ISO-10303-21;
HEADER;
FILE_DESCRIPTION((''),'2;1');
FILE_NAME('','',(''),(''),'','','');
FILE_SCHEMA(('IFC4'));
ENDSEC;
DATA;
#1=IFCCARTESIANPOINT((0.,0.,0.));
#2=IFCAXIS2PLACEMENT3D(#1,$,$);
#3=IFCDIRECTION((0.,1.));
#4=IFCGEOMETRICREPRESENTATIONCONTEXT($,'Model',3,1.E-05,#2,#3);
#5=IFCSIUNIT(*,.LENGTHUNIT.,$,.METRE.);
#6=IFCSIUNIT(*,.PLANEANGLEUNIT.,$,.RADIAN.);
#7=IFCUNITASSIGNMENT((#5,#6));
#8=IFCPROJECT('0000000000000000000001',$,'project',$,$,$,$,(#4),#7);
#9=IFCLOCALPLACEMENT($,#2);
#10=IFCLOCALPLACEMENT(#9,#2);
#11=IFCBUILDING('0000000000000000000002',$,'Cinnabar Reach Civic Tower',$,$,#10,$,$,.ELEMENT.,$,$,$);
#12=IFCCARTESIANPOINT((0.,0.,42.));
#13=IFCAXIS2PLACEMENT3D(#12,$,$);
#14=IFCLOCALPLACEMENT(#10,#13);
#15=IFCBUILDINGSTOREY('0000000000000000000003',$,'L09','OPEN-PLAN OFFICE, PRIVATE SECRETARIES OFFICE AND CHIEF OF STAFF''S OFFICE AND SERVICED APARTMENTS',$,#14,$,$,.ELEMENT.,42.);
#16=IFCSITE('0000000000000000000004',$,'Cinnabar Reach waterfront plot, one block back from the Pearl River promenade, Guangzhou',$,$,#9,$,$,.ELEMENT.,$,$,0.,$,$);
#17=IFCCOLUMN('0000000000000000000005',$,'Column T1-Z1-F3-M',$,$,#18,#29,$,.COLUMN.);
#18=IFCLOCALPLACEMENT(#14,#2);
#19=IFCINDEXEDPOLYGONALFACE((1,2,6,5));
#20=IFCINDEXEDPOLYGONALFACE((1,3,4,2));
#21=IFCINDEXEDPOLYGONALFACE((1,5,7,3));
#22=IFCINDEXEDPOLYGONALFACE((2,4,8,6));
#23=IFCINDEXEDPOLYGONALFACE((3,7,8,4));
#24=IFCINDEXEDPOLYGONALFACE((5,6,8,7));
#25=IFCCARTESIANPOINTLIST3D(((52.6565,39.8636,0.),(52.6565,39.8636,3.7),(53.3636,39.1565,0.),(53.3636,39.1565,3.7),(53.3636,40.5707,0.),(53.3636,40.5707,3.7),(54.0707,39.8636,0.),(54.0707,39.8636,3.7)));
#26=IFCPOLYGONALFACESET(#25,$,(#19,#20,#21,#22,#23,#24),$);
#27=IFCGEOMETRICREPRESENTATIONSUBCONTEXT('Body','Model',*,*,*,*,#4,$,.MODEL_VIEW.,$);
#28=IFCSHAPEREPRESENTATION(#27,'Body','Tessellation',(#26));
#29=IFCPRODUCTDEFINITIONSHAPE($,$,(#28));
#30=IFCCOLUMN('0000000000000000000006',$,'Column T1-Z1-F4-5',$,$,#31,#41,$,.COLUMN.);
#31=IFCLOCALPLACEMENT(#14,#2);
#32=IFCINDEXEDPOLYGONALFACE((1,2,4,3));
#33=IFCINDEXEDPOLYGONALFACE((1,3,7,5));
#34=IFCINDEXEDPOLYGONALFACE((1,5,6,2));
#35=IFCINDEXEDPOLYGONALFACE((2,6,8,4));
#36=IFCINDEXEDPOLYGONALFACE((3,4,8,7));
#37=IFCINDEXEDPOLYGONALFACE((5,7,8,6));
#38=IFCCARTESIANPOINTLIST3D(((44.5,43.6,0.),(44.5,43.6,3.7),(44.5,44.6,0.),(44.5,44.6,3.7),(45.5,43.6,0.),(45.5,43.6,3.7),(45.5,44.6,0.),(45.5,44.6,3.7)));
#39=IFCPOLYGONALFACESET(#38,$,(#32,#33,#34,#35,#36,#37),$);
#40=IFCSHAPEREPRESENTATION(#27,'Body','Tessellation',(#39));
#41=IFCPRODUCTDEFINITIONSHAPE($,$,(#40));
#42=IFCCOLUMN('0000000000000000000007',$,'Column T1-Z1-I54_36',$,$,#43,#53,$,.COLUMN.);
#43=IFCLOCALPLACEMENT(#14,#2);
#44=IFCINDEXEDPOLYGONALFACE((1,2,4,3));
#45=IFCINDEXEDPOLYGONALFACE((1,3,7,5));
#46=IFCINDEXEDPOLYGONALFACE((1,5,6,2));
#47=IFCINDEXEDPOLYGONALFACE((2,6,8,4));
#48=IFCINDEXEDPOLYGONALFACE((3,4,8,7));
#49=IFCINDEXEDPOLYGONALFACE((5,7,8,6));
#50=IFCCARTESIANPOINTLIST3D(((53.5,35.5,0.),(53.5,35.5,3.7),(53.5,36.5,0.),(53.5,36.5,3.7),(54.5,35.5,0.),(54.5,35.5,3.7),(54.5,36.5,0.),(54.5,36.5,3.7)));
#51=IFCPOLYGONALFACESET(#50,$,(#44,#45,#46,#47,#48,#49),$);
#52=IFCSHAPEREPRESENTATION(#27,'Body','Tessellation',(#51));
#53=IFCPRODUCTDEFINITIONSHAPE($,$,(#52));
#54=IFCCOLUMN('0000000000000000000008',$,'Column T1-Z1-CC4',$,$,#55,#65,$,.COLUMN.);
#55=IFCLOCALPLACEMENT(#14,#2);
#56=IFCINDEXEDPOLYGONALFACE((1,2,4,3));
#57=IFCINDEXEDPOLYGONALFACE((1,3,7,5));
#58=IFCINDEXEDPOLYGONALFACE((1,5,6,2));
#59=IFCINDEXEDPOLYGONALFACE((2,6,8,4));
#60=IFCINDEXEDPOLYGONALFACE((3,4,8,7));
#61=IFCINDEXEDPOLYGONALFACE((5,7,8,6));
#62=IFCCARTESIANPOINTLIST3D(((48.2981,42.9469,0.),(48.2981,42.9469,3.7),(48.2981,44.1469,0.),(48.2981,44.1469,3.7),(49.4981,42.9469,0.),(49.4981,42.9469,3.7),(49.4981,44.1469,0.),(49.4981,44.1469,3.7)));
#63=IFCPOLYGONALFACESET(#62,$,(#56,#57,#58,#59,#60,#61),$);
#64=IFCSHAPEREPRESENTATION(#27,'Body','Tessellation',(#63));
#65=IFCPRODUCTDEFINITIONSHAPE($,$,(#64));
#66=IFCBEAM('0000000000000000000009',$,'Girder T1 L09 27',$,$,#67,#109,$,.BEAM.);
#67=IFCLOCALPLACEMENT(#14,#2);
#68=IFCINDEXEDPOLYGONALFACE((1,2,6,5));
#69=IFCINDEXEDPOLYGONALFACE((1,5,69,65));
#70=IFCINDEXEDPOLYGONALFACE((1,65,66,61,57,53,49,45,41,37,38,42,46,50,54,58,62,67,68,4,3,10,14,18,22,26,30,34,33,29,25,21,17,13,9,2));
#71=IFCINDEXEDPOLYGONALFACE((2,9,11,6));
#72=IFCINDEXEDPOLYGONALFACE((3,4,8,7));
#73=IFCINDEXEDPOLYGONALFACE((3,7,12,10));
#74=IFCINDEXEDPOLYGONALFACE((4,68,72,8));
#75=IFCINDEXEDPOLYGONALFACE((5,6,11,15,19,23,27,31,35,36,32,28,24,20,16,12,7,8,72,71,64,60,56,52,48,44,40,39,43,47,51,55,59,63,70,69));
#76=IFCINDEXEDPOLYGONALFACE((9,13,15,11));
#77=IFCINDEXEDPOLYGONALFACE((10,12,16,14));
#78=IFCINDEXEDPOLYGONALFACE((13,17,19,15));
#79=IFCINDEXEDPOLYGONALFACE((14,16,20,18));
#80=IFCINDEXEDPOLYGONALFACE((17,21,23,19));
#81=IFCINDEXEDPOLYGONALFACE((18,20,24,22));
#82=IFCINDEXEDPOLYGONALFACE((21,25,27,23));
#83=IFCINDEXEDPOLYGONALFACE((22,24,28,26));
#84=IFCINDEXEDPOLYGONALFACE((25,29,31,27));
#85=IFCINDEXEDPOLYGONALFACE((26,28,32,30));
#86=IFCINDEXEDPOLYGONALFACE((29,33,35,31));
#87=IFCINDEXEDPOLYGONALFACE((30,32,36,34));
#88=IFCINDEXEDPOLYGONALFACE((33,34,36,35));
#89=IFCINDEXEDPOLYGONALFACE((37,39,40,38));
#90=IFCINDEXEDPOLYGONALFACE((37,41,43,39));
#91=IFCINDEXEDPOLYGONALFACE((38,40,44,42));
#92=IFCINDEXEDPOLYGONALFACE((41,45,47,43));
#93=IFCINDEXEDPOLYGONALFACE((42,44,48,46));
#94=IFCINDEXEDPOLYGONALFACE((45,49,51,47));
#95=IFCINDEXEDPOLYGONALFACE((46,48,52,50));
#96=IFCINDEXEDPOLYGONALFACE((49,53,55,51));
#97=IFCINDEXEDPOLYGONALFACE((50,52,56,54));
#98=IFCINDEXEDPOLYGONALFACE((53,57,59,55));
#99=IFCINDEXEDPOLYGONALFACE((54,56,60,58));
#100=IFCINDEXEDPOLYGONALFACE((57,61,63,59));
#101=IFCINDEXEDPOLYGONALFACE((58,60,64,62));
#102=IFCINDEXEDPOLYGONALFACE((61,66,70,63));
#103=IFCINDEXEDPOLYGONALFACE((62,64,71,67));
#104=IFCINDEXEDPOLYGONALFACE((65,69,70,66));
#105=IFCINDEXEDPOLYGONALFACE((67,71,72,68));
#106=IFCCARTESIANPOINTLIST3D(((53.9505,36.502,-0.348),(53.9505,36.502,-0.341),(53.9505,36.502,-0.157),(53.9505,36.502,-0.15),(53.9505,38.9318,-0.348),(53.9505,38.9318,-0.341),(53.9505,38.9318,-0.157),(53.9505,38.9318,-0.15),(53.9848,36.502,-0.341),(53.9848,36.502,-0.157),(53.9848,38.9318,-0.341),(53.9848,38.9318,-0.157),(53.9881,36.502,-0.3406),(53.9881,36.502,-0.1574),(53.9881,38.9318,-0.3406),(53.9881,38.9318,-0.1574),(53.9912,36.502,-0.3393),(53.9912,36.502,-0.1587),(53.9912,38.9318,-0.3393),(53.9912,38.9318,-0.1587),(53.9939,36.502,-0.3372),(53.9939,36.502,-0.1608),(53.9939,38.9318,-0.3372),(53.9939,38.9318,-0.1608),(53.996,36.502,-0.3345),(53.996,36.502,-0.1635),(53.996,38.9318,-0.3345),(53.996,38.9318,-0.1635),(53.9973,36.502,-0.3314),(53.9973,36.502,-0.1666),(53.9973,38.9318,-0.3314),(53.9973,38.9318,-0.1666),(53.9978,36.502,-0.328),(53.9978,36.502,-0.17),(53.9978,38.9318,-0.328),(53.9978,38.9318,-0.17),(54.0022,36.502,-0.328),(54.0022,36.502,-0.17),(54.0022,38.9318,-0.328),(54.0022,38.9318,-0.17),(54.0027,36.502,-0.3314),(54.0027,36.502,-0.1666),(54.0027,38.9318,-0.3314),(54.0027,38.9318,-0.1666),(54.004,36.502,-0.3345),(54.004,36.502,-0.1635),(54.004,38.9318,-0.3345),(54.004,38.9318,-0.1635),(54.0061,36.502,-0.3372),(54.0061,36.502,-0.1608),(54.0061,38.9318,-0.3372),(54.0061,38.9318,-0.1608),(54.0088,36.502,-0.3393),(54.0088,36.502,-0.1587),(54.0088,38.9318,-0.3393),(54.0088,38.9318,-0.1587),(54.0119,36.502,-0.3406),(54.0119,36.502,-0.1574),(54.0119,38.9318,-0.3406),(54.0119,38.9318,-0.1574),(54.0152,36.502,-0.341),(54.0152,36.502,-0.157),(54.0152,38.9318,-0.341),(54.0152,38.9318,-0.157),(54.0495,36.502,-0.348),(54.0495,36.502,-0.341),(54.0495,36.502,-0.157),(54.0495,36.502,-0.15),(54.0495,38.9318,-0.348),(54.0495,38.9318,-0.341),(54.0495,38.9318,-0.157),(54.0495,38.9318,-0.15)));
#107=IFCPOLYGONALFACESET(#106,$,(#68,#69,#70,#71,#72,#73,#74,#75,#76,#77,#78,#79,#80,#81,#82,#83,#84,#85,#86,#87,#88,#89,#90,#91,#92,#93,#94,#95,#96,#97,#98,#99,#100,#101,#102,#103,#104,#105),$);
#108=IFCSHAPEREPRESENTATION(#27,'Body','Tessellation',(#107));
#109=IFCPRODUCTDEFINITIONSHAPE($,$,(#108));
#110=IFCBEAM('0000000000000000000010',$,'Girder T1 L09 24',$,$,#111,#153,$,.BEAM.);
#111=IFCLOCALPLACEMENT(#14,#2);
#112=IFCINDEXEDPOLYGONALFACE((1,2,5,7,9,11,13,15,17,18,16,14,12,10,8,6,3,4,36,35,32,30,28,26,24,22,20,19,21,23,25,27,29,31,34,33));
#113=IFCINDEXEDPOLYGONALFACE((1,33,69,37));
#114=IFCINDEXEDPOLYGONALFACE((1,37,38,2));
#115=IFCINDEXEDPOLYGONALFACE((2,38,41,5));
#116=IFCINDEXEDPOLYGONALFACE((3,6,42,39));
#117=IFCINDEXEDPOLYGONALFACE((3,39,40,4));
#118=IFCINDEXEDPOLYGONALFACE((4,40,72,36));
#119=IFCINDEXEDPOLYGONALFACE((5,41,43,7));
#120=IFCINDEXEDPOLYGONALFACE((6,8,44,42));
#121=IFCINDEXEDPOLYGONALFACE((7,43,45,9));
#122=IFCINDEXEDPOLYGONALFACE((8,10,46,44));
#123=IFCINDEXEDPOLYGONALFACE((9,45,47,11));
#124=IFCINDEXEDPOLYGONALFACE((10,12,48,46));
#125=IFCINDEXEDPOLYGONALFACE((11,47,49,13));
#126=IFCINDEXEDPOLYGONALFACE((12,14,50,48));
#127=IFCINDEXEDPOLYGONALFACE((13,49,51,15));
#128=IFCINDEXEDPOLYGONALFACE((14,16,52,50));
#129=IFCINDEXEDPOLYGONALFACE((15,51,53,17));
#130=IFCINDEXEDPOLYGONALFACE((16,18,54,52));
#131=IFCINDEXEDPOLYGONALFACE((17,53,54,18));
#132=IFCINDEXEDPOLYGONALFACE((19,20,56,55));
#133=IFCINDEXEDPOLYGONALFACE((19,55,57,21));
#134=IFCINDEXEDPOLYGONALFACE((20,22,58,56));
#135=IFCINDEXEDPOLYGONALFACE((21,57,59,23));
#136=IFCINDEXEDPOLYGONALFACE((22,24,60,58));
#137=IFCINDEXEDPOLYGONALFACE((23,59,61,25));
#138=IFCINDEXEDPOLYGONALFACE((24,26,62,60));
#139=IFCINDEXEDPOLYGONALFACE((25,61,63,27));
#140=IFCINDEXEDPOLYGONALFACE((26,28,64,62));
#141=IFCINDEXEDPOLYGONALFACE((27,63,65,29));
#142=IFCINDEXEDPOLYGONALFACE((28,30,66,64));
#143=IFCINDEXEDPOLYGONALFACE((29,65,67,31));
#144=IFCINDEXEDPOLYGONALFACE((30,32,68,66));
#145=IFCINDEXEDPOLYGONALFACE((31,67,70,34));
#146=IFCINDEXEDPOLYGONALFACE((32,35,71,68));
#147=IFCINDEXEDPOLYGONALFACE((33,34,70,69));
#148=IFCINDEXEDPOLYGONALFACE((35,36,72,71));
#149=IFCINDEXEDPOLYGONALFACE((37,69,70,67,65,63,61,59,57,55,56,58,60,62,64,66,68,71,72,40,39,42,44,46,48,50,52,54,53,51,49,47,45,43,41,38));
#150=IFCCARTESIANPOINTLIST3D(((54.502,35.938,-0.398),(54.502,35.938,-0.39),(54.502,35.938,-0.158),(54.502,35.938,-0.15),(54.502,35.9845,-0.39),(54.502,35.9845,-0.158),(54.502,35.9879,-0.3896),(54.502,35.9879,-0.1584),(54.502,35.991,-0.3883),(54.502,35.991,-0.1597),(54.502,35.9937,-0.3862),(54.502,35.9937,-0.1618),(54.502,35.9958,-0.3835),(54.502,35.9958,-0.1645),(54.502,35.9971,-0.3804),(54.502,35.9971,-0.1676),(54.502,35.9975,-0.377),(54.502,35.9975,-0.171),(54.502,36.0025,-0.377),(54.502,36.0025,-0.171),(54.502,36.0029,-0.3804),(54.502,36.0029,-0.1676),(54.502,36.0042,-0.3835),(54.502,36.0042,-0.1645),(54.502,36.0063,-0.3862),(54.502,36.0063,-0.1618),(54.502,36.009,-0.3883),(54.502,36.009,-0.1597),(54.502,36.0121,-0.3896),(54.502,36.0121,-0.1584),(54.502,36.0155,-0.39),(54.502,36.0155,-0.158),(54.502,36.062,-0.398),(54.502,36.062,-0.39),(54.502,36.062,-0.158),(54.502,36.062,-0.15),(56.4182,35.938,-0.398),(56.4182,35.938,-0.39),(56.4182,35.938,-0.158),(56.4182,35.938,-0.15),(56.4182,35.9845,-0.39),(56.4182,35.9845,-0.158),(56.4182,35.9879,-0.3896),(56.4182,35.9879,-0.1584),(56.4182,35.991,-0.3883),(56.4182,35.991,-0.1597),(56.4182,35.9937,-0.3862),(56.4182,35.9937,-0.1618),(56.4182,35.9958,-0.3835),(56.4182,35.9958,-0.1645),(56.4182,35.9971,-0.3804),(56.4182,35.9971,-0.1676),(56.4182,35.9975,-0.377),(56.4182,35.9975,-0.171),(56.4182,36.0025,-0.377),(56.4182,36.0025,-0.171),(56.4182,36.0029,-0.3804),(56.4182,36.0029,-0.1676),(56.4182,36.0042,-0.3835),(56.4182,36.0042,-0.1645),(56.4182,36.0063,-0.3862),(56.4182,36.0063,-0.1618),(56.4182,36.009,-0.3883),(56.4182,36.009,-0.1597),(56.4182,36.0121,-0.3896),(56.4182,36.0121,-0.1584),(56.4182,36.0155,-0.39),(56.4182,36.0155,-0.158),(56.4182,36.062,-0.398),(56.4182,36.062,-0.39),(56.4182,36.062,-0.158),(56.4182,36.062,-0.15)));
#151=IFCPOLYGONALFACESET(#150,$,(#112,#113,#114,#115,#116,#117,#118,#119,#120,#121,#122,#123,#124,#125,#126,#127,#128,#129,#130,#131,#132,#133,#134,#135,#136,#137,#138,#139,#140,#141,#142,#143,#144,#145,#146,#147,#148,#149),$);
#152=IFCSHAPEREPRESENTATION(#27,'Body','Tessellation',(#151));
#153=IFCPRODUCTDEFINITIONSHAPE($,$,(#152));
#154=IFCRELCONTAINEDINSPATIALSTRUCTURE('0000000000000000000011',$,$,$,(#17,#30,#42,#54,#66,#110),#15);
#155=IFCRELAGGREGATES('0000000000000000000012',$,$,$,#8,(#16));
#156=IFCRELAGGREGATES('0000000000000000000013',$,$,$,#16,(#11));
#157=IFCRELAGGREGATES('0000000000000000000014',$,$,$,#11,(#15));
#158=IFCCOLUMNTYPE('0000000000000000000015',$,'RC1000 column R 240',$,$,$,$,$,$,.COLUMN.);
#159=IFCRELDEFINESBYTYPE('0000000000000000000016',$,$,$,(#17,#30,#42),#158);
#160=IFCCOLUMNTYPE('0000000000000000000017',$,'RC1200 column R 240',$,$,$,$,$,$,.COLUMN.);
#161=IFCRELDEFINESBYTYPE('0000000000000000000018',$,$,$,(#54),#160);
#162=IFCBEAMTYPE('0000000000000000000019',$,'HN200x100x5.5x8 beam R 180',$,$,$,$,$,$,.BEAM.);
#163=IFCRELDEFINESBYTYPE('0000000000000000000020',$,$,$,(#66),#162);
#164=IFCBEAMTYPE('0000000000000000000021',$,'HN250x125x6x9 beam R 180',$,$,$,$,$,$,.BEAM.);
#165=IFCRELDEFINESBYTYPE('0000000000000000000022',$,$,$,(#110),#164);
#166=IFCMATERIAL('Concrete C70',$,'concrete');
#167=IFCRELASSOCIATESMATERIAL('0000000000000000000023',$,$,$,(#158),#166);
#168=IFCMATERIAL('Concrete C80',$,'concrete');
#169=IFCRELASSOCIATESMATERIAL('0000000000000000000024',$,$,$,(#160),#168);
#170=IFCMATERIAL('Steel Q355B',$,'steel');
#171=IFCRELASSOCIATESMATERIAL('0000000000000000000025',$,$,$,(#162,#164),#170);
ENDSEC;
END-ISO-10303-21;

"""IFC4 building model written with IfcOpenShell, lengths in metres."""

from ifc_helpers import new_model, si_unit, direction, frame, origin, origin_2d, place, context, subcontext, project, spatial, rectangle, i_section, extrude, material, material_profile, profile_set, type_object, element, save


model = new_model("IFC4")

# Units and contexts
model_context = context("Model", 3, precision=1e-05, world=origin(), true_north=direction((0.0, 1.0)))
body_context = subcontext(model_context, "Body", "Model", "MODEL_VIEW")
ifc_project = project(units=[si_unit("LENGTHUNIT", "METRE"), si_unit("PLANEANGLEUNIT", "RADIAN")], contexts=[model_context])

# Site, building, storey
site_placement = place(None, origin())
site = spatial("IfcSite", under=ifc_project, at=site_placement, Name="Cinnabar Reach waterfront plot, one block back from the Pearl River promenade, Guangzhou", CompositionType="ELEMENT", RefElevation=0.0)
building_placement = place(site_placement, origin())
building = spatial("IfcBuilding", under=site, at=building_placement, Name="Cinnabar Reach Civic Tower", CompositionType="ELEMENT")
storey_placement = place(building_placement, frame((0.0, 0.0, 42.0)))
storey = spatial("IfcBuildingStorey", under=building, at=storey_placement, Name="L09", Description="OPEN-PLAN OFFICE, PRIVATE SECRETARIES OFFICE AND CHIEF OF STAFF'S OFFICE AND SERVICED APARTMENTS", CompositionType="ELEMENT", Elevation=42.0)

# Columns
ifc_material_1 = material(Name="Concrete C70", Category="concrete")
ifc_material_profile_1 = material_profile(ifc_material_1, rectangle(XDim=1.0, YDim=1.0, at=origin_2d()), Name="RC1000")
ifc_profile_set_1 = profile_set([ifc_material_profile_1], Name="Concrete C70")
column_type_1 = type_object("IfcColumnType", Name="RC1000 column R 240", PredefinedType="COLUMN", material=ifc_profile_set_1)
for number, where, z_axis, x_axis, name in (
    (1, (53.3636, 39.8636, 0.0), (0.0, 0.0, 1.0), (0.707107, 0.707107, 0.0), "Column T1-Z1-F3-M"),
    (2, (45.0, 44.1, 0.0), (0.0, 0.0, 1.0), (1.0, 0.0, 0.0), "Column T1-Z1-F4-5"),
    (3, (54.0, 36.0, 0.0), (0.0, 0.0, 1.0), (1.0, 0.0, 0.0), "Column T1-Z1-I54_36"),
):
    element("IfcColumn", number, at=place(storey_placement, frame(where, z_axis=z_axis, x_axis=x_axis)), inside=storey, type_object=column_type_1, Name=name, PredefinedType="COLUMN", context=body_context, shape_type="SweptSolid", body=[
        extrude(rectangle(XDim=1.0, YDim=1.0, at=origin_2d()), origin(), (0.0, 0.0, 1.0), 3.7),
    ])
ifc_material_2 = material(Name="Concrete C80", Category="concrete")
ifc_material_profile_2 = material_profile(ifc_material_2, rectangle(XDim=1.2, YDim=1.2, at=origin_2d()), Name="RC1200")
ifc_profile_set_2 = profile_set([ifc_material_profile_2], Name="Concrete C80")
column_type_2 = type_object("IfcColumnType", Name="RC1200 column R 240", PredefinedType="COLUMN", material=ifc_profile_set_2)
column_placement = place(storey_placement, frame((48.8981, 43.5469, 0.0), z_axis=(0.0, 0.0, 1.0), x_axis=(1.0, 0.0, 0.0)))
element("IfcColumn", 4, at=column_placement, inside=storey, type_object=column_type_2, Name="Column T1-Z1-CC4", PredefinedType="COLUMN", context=body_context, shape_type="SweptSolid", body=[
    extrude(rectangle(XDim=1.2, YDim=1.2, at=origin_2d()), origin(), (0.0, 0.0, 1.0), 3.7),
])

# Beams
ifc_material_3 = material(Name="Steel Q355B", Category="steel")
ifc_material_profile_3 = material_profile(ifc_material_3, i_section(OverallWidth=0.099, OverallDepth=0.198, WebThickness=0.0045, FlangeThickness=0.007, FilletRadius=0.013, at=origin_2d()), Name="HN200x100x5.5x8")
ifc_profile_set_3 = profile_set([ifc_material_profile_3], Name="Steel Q355B")
beam_type_1 = type_object("IfcBeamType", Name="HN200x100x5.5x8 beam R 180", PredefinedType="BEAM", material=ifc_profile_set_3)
beam_1_placement = place(storey_placement, frame((54.0, 36.502, -0.249), z_axis=(0.0, 1.0, 0.0), x_axis=(-1.0, 0.0, 0.0)))
element("IfcBeam", 5, at=beam_1_placement, inside=storey, type_object=beam_type_1, Name="Girder T1 L09 27", PredefinedType="BEAM", context=body_context, shape_type="SweptSolid", body=[
    extrude(i_section(OverallWidth=0.099, OverallDepth=0.198, WebThickness=0.0045, FlangeThickness=0.007, FilletRadius=0.013, at=origin_2d()), origin(), (0.0, 0.0, 1.0), 2.4298),
])
ifc_material_profile_4 = material_profile(ifc_material_3, i_section(OverallWidth=0.124, OverallDepth=0.248, WebThickness=0.005, FlangeThickness=0.008, FilletRadius=0.013, at=origin_2d()), Name="HN250x125x6x9")
ifc_profile_set_4 = profile_set([ifc_material_profile_4], Name="Steel Q355B")
beam_type_2 = type_object("IfcBeamType", Name="HN250x125x6x9 beam R 180", PredefinedType="BEAM", material=ifc_profile_set_4)
beam_2_placement = place(storey_placement, frame((54.502, 36.0, -0.274), z_axis=(1.0, 0.0, 0.0), x_axis=(0.0, 1.0, 0.0)))
element("IfcBeam", 6, at=beam_2_placement, inside=storey, type_object=beam_type_2, Name="Girder T1 L09 24", PredefinedType="BEAM", context=body_context, shape_type="SweptSolid", body=[
    extrude(i_section(OverallWidth=0.124, OverallDepth=0.248, WebThickness=0.005, FlangeThickness=0.008, FilletRadius=0.013, at=origin_2d()), origin(), (0.0, 0.0, 1.0), 1.9162),
])

save(model, "model.ifc")
